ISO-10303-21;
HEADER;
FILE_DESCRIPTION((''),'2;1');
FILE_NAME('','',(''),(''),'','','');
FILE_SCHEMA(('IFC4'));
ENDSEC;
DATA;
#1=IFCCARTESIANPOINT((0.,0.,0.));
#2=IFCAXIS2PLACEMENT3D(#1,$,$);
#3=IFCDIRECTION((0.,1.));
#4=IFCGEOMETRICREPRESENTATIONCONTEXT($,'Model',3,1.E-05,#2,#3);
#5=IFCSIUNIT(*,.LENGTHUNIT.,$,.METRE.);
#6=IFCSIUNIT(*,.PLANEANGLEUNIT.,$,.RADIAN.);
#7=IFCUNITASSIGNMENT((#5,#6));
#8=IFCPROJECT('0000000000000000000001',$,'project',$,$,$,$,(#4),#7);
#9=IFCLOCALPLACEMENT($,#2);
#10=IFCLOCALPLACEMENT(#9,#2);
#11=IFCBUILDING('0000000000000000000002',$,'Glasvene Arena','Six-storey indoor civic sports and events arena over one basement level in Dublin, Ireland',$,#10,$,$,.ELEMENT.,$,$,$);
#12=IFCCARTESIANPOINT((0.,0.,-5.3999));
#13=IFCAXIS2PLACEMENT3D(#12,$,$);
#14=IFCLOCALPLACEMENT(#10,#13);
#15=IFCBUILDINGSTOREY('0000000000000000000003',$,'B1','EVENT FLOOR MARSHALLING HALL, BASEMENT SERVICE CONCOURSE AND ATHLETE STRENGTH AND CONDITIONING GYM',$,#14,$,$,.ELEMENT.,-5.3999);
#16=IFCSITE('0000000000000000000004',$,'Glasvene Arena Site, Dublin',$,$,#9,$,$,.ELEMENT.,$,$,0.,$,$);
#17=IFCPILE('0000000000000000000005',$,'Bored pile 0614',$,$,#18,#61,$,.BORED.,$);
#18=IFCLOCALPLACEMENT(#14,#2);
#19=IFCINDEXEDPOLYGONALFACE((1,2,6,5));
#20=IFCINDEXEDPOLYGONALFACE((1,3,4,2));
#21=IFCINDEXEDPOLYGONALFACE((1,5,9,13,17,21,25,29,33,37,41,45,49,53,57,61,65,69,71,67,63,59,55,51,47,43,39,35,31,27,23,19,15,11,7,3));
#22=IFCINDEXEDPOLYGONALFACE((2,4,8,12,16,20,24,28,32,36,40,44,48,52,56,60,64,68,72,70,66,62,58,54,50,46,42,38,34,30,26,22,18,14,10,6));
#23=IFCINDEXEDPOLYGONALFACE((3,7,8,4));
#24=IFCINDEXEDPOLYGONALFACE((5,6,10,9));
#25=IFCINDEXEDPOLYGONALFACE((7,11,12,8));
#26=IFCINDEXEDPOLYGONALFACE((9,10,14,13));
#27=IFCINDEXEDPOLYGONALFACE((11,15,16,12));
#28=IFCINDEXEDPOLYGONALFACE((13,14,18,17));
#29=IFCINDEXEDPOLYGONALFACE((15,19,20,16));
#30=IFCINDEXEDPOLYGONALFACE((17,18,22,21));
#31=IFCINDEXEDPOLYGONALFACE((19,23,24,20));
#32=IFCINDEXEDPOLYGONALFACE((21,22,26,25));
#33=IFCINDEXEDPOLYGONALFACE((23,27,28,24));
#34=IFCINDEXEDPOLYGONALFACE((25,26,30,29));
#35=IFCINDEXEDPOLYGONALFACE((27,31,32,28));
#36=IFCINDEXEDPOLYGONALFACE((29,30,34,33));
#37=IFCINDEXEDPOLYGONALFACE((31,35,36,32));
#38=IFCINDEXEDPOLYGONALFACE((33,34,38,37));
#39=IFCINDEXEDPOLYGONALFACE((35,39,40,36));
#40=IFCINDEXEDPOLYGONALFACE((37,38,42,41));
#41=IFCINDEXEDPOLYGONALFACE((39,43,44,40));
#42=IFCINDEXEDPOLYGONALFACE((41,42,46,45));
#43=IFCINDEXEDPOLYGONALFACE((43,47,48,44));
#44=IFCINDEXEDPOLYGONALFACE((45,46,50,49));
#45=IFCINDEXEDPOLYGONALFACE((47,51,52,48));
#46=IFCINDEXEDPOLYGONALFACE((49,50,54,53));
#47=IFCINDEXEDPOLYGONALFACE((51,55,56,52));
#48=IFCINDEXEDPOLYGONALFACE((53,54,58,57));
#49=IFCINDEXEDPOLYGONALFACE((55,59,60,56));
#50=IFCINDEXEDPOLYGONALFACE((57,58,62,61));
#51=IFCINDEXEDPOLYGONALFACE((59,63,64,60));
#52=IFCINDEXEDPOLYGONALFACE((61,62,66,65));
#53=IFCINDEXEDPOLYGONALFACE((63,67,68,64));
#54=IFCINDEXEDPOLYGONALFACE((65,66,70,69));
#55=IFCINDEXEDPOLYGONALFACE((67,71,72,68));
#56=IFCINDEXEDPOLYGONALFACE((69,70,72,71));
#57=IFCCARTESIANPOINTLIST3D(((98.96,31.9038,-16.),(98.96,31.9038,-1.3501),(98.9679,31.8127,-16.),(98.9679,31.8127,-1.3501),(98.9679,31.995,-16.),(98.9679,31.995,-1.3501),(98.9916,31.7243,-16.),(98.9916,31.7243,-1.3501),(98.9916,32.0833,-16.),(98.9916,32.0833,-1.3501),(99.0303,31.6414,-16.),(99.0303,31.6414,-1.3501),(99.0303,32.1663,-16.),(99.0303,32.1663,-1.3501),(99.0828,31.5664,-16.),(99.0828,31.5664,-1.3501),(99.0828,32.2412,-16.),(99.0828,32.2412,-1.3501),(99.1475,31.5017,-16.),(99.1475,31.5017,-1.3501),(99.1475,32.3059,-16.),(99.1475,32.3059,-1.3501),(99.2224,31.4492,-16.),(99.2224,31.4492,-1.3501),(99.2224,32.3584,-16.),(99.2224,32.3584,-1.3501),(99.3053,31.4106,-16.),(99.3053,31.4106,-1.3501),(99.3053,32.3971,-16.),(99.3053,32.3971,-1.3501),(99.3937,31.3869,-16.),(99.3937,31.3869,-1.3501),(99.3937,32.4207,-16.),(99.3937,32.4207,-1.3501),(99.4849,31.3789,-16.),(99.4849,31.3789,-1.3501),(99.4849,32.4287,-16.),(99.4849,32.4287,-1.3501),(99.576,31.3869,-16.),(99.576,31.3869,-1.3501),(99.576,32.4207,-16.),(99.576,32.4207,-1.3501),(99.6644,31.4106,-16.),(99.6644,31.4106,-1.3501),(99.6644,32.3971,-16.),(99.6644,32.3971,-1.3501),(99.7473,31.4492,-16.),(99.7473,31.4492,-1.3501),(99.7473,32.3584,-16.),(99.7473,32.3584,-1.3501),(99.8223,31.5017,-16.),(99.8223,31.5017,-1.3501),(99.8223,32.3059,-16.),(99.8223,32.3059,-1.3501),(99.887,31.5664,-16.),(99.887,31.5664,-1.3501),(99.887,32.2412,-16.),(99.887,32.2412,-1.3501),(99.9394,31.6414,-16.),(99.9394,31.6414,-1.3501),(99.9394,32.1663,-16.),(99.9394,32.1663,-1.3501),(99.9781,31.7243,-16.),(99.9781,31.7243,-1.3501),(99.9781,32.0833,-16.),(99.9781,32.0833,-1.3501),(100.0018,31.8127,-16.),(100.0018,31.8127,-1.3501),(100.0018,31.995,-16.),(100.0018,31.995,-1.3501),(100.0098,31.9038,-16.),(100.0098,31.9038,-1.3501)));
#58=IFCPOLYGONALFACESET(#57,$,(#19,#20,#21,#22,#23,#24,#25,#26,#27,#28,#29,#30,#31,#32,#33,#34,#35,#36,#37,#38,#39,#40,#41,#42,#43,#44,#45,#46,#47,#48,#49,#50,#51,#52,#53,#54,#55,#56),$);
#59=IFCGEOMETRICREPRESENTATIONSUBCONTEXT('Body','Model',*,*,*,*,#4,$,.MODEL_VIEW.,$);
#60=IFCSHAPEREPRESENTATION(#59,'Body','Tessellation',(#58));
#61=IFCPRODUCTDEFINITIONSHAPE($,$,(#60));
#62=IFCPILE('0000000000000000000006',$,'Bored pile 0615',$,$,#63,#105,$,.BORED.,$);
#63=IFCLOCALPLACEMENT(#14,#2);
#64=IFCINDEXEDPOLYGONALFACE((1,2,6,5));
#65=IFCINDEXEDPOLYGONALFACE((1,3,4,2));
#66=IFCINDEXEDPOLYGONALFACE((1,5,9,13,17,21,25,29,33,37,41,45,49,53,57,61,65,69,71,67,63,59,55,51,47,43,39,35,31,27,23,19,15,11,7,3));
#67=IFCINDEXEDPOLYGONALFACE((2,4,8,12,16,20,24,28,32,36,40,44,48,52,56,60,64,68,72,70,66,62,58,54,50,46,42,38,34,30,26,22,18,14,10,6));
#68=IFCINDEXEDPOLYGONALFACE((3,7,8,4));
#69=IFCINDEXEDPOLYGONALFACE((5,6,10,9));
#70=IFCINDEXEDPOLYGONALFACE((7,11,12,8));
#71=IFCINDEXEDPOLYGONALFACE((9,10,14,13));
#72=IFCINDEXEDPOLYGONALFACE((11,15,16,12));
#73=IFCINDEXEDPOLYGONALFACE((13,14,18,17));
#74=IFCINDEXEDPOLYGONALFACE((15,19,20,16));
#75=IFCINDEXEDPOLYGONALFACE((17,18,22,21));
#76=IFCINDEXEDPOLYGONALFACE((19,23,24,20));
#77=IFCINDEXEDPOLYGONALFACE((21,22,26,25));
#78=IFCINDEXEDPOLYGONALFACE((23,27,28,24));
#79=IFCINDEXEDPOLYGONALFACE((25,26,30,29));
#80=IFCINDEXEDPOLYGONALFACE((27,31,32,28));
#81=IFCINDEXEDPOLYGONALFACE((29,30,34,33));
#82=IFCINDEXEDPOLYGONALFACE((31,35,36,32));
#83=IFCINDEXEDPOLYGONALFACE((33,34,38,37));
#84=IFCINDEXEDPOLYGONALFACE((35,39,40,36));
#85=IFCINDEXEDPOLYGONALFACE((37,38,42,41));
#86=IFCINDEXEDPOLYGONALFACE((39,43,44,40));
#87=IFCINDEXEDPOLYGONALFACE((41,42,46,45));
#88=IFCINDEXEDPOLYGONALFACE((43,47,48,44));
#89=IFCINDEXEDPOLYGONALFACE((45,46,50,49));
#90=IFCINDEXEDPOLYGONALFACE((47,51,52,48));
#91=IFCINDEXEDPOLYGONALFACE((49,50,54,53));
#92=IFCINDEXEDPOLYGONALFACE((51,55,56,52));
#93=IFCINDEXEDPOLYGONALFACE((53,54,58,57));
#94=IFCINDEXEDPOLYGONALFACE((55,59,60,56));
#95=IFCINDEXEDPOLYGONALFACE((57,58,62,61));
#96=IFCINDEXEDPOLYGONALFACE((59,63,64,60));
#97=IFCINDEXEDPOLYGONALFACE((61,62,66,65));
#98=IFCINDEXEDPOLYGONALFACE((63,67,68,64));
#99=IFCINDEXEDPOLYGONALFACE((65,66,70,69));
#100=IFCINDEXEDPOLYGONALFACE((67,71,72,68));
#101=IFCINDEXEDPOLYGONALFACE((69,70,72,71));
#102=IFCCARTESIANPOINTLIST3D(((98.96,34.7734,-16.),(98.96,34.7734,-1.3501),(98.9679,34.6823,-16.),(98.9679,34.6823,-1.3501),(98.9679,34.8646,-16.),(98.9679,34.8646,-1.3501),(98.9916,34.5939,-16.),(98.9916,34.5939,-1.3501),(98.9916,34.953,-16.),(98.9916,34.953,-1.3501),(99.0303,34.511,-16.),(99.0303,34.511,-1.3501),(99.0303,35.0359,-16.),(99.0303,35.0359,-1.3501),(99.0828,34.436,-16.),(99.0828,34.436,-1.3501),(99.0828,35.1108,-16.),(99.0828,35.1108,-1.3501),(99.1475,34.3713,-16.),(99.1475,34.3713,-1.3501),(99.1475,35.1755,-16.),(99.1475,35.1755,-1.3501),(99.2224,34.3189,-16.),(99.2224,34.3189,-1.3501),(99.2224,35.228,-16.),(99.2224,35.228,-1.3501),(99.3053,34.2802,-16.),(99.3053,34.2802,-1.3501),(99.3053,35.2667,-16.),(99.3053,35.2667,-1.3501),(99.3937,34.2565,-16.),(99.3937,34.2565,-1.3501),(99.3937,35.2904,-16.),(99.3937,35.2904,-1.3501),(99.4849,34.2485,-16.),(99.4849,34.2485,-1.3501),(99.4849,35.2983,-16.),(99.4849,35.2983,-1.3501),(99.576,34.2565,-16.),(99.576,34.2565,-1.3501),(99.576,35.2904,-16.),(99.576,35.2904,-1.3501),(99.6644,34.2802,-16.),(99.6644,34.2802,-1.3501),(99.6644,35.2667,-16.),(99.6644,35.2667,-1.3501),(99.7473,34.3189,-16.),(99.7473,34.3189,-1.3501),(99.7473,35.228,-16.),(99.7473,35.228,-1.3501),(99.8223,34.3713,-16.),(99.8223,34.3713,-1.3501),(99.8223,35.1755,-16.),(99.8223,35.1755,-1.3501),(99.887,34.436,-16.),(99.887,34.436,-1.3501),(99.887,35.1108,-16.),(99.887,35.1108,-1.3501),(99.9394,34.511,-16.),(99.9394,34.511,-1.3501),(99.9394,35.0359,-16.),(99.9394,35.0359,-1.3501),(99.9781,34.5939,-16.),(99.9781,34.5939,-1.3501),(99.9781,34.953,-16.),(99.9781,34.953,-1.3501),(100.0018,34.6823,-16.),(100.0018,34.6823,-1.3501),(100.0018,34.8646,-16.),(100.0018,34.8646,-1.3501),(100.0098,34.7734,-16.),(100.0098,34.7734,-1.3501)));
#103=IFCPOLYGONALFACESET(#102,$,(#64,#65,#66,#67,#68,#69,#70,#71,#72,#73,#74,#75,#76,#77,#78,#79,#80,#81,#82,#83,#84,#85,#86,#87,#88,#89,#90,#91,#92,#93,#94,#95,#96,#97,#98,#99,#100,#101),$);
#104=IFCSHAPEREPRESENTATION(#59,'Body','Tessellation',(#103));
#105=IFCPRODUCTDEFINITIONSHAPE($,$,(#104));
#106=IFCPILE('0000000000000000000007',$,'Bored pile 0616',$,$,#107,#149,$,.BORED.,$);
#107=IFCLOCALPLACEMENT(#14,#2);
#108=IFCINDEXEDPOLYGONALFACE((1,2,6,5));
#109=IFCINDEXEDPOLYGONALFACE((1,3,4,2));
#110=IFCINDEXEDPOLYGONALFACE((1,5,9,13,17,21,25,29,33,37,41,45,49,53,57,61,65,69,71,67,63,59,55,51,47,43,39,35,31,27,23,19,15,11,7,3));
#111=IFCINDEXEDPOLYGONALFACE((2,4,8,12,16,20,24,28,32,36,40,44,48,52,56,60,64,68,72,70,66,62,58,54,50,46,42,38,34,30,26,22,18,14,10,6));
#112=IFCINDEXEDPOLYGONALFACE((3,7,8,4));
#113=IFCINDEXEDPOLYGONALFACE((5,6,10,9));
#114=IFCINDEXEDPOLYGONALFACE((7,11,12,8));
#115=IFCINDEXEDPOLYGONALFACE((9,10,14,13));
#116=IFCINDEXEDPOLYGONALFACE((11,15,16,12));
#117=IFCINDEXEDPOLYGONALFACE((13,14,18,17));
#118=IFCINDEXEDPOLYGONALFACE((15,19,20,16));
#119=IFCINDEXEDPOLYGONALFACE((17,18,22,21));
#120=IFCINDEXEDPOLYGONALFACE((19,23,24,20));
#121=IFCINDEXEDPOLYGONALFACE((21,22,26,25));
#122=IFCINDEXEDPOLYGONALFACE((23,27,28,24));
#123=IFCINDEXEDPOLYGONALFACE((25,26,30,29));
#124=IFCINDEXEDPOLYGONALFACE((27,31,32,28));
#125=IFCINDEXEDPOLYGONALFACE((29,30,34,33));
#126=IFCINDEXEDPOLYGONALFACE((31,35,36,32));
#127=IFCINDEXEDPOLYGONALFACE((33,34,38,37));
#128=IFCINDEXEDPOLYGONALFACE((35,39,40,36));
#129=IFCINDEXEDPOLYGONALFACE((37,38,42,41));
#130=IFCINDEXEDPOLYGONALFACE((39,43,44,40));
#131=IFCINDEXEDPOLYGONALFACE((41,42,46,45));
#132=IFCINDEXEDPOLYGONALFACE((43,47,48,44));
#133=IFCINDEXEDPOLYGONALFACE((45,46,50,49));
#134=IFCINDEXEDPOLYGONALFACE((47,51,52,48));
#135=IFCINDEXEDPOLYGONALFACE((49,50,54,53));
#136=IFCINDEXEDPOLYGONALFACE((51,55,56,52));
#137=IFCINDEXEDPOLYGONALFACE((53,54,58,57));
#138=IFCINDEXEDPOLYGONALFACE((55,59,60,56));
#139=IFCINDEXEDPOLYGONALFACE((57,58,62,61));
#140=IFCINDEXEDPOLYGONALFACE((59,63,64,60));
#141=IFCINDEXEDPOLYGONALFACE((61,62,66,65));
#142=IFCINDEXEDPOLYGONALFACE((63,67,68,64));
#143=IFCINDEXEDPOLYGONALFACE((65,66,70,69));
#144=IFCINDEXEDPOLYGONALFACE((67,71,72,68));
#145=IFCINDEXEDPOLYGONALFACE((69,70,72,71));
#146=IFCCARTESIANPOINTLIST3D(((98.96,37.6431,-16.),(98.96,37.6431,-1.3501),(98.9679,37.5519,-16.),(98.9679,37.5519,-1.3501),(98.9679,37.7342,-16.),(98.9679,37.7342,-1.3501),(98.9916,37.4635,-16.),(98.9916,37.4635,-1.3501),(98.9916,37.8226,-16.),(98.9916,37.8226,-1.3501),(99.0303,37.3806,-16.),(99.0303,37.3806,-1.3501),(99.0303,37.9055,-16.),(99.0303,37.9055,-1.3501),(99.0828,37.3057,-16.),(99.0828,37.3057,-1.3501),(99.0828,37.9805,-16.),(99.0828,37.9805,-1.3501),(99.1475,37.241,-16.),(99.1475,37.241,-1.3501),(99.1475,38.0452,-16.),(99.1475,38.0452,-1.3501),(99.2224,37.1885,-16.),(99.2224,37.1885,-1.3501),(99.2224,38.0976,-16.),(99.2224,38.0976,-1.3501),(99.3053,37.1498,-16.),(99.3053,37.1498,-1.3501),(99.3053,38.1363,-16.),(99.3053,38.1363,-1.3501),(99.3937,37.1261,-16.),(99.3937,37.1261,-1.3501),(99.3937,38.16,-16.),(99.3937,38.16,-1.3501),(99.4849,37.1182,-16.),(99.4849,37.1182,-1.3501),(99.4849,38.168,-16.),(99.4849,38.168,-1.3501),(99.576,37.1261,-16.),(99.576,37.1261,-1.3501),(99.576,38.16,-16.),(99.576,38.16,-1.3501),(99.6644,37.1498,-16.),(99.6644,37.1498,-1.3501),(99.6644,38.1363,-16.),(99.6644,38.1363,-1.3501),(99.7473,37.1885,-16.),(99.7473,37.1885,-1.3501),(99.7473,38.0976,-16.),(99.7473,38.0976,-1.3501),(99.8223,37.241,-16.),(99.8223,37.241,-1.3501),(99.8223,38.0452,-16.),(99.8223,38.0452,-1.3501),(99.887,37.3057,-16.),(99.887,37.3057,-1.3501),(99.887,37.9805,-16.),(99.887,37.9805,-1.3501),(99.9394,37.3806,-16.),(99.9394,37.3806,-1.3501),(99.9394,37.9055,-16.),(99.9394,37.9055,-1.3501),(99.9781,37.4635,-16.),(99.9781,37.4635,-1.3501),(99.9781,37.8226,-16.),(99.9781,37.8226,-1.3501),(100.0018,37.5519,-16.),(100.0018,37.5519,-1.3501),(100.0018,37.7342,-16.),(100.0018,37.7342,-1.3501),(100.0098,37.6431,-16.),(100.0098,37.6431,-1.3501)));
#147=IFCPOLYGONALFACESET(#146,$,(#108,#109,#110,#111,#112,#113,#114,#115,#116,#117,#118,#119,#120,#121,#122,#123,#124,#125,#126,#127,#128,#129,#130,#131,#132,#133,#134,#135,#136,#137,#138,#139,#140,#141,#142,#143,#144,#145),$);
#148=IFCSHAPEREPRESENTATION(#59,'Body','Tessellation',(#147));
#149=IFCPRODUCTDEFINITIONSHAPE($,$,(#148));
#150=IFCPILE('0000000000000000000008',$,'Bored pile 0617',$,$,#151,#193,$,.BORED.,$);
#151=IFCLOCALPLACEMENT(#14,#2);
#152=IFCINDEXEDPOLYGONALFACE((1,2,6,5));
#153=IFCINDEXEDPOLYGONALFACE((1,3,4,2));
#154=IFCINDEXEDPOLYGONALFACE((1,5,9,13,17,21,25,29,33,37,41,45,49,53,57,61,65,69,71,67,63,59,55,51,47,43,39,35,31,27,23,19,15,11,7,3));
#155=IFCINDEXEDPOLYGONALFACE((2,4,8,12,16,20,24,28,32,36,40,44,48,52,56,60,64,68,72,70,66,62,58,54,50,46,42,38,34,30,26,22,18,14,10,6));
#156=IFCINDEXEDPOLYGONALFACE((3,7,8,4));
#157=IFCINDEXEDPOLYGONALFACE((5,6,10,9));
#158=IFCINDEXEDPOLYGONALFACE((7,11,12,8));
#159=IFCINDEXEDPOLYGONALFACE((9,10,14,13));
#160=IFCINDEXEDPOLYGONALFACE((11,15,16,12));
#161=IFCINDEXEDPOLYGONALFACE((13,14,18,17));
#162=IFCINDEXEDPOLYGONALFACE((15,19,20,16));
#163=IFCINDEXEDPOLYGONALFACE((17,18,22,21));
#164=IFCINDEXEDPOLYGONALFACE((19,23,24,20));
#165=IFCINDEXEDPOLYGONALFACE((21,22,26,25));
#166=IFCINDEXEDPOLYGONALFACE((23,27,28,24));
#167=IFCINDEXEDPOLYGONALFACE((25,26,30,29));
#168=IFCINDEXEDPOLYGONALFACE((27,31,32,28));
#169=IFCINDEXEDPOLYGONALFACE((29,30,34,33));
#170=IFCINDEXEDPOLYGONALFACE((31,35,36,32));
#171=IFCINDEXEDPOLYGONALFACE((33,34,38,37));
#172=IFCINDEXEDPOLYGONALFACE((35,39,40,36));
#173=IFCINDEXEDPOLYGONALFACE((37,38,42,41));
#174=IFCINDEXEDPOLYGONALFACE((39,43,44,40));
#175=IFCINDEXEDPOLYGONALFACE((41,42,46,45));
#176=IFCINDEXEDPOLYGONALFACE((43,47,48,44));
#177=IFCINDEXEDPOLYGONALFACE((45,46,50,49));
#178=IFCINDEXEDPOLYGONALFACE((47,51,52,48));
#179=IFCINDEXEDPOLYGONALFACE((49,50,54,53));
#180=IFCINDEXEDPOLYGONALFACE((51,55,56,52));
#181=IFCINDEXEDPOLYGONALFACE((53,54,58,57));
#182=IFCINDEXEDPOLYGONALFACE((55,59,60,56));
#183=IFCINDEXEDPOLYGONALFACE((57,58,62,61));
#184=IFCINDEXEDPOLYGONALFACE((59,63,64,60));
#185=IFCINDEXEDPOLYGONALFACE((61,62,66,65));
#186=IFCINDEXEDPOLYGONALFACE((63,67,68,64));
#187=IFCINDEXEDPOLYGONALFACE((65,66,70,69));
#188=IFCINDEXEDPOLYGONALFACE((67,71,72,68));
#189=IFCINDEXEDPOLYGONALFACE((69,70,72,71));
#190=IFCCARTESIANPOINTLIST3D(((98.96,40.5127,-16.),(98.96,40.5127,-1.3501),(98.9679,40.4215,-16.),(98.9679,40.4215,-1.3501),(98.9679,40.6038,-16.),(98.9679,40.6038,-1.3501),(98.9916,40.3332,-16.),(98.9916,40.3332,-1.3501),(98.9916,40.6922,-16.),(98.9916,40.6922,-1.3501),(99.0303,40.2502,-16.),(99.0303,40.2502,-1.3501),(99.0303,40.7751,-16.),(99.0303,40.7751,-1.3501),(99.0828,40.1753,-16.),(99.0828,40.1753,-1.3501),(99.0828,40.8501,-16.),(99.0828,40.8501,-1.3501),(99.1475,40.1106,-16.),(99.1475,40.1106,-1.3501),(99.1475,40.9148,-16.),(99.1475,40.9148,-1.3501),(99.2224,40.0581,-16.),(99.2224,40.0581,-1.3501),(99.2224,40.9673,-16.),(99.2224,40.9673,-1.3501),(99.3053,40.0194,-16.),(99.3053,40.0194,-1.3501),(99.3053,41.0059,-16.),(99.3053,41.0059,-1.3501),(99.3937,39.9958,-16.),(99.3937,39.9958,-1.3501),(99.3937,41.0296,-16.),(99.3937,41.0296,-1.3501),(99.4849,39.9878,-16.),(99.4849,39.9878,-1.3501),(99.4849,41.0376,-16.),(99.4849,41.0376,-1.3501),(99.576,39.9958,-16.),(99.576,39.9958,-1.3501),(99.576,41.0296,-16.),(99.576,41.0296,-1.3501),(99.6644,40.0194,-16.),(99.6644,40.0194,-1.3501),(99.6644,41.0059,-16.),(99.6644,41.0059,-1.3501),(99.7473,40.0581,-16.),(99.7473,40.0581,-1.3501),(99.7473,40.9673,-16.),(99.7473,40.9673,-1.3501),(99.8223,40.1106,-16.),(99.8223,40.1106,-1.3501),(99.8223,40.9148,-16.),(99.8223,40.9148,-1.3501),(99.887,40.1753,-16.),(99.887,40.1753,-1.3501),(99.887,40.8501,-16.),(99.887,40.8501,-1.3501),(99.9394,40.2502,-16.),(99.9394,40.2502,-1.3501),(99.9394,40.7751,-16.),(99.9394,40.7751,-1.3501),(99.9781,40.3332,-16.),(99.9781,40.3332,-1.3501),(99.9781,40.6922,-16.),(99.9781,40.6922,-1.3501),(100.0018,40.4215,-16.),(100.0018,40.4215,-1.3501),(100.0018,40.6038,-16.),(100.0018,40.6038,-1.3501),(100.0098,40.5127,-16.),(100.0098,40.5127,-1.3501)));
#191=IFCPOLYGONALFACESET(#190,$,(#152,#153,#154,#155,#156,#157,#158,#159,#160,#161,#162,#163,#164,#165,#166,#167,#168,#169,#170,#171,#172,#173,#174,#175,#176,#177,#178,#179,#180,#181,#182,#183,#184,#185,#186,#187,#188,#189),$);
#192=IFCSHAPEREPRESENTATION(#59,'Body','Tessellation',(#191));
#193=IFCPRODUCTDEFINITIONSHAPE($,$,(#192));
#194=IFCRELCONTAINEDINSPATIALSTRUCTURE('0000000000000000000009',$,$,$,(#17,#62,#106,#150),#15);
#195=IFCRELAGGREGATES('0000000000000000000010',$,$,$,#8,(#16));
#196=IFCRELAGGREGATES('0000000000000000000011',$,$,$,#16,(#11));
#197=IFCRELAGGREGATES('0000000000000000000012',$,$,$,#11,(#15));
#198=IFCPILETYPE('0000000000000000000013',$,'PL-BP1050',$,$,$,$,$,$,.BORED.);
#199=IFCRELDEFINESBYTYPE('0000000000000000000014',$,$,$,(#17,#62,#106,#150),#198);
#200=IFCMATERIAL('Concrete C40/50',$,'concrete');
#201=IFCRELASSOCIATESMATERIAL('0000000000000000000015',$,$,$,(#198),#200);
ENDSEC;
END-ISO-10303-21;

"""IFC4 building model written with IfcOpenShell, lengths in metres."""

from ifc_helpers import new_model, si_unit, direction, frame, origin, origin_2d, place, context, subcontext, project, spatial, circle, extrude, material, material_profile, profile_set, type_object, element, save


model = new_model("IFC4")

# Units and contexts
model_context = context("Model", 3, precision=1e-05, world=origin(), true_north=direction((0.0, 1.0)))
body_context = subcontext(model_context, "Body", "Model", "MODEL_VIEW")
ifc_project = project(units=[si_unit("LENGTHUNIT", "METRE"), si_unit("PLANEANGLEUNIT", "RADIAN")], contexts=[model_context])

# Site, building, storey
site_placement = place(None, origin())
site = spatial("IfcSite", under=ifc_project, at=site_placement, Name="Glasvene Arena Site, Dublin", CompositionType="ELEMENT", RefElevation=0.0)
building_placement = place(site_placement, origin())
building = spatial("IfcBuilding", under=site, at=building_placement, Name="Glasvene Arena", Description="Six-storey indoor civic sports and events arena over one basement level in Dublin, Ireland", CompositionType="ELEMENT")
storey_placement = place(building_placement, frame((0.0, 0.0, -5.3999)))
storey = spatial("IfcBuildingStorey", under=building, at=storey_placement, Name="B1", Description="EVENT FLOOR MARSHALLING HALL, BASEMENT SERVICE CONCOURSE AND ATHLETE STRENGTH AND CONDITIONING GYM", CompositionType="ELEMENT", Elevation=-5.3999)

# Piles
ifc_material_1 = material(Name="Concrete C40/50", Category="concrete")
ifc_material_profile_1 = material_profile(ifc_material_1, circle(Radius=0.5249, at=origin_2d()), Name="BORED PILE 1050")
ifc_profile_set_1 = profile_set([ifc_material_profile_1], Name="Concrete C40/50")
pile_type = type_object("IfcPileType", Name="PL-BP1050", PredefinedType="BORED", material=ifc_profile_set_1)
for number, where, z_axis, x_axis, name in (
    (1, (99.4849, 31.9038, -1.3501), (0.0, 0.0, -1.0), (1.0, 0.0, 0.0), "Bored pile 0614"),
    (2, (99.4849, 34.7734, -1.3501), (0.0, 0.0, -1.0), (1.0, 0.0, 0.0), "Bored pile 0615"),
    (3, (99.4849, 37.6431, -1.3501), (0.0, 0.0, -1.0), (1.0, 0.0, 0.0), "Bored pile 0616"),
    (4, (99.4849, 40.5127, -1.3501), (0.0, 0.0, -1.0), (1.0, 0.0, 0.0), "Bored pile 0617"),
):
    element("IfcPile", number, at=place(storey_placement, frame(where, z_axis=z_axis, x_axis=x_axis)), inside=storey, type_object=pile_type, Name=name, PredefinedType="BORED", context=body_context, shape_type="SweptSolid", body=[
        extrude(circle(Radius=0.5249, at=origin_2d()), origin(), (0.0, 0.0, 1.0), 14.6499),
    ])

save(model, "model.ifc")
